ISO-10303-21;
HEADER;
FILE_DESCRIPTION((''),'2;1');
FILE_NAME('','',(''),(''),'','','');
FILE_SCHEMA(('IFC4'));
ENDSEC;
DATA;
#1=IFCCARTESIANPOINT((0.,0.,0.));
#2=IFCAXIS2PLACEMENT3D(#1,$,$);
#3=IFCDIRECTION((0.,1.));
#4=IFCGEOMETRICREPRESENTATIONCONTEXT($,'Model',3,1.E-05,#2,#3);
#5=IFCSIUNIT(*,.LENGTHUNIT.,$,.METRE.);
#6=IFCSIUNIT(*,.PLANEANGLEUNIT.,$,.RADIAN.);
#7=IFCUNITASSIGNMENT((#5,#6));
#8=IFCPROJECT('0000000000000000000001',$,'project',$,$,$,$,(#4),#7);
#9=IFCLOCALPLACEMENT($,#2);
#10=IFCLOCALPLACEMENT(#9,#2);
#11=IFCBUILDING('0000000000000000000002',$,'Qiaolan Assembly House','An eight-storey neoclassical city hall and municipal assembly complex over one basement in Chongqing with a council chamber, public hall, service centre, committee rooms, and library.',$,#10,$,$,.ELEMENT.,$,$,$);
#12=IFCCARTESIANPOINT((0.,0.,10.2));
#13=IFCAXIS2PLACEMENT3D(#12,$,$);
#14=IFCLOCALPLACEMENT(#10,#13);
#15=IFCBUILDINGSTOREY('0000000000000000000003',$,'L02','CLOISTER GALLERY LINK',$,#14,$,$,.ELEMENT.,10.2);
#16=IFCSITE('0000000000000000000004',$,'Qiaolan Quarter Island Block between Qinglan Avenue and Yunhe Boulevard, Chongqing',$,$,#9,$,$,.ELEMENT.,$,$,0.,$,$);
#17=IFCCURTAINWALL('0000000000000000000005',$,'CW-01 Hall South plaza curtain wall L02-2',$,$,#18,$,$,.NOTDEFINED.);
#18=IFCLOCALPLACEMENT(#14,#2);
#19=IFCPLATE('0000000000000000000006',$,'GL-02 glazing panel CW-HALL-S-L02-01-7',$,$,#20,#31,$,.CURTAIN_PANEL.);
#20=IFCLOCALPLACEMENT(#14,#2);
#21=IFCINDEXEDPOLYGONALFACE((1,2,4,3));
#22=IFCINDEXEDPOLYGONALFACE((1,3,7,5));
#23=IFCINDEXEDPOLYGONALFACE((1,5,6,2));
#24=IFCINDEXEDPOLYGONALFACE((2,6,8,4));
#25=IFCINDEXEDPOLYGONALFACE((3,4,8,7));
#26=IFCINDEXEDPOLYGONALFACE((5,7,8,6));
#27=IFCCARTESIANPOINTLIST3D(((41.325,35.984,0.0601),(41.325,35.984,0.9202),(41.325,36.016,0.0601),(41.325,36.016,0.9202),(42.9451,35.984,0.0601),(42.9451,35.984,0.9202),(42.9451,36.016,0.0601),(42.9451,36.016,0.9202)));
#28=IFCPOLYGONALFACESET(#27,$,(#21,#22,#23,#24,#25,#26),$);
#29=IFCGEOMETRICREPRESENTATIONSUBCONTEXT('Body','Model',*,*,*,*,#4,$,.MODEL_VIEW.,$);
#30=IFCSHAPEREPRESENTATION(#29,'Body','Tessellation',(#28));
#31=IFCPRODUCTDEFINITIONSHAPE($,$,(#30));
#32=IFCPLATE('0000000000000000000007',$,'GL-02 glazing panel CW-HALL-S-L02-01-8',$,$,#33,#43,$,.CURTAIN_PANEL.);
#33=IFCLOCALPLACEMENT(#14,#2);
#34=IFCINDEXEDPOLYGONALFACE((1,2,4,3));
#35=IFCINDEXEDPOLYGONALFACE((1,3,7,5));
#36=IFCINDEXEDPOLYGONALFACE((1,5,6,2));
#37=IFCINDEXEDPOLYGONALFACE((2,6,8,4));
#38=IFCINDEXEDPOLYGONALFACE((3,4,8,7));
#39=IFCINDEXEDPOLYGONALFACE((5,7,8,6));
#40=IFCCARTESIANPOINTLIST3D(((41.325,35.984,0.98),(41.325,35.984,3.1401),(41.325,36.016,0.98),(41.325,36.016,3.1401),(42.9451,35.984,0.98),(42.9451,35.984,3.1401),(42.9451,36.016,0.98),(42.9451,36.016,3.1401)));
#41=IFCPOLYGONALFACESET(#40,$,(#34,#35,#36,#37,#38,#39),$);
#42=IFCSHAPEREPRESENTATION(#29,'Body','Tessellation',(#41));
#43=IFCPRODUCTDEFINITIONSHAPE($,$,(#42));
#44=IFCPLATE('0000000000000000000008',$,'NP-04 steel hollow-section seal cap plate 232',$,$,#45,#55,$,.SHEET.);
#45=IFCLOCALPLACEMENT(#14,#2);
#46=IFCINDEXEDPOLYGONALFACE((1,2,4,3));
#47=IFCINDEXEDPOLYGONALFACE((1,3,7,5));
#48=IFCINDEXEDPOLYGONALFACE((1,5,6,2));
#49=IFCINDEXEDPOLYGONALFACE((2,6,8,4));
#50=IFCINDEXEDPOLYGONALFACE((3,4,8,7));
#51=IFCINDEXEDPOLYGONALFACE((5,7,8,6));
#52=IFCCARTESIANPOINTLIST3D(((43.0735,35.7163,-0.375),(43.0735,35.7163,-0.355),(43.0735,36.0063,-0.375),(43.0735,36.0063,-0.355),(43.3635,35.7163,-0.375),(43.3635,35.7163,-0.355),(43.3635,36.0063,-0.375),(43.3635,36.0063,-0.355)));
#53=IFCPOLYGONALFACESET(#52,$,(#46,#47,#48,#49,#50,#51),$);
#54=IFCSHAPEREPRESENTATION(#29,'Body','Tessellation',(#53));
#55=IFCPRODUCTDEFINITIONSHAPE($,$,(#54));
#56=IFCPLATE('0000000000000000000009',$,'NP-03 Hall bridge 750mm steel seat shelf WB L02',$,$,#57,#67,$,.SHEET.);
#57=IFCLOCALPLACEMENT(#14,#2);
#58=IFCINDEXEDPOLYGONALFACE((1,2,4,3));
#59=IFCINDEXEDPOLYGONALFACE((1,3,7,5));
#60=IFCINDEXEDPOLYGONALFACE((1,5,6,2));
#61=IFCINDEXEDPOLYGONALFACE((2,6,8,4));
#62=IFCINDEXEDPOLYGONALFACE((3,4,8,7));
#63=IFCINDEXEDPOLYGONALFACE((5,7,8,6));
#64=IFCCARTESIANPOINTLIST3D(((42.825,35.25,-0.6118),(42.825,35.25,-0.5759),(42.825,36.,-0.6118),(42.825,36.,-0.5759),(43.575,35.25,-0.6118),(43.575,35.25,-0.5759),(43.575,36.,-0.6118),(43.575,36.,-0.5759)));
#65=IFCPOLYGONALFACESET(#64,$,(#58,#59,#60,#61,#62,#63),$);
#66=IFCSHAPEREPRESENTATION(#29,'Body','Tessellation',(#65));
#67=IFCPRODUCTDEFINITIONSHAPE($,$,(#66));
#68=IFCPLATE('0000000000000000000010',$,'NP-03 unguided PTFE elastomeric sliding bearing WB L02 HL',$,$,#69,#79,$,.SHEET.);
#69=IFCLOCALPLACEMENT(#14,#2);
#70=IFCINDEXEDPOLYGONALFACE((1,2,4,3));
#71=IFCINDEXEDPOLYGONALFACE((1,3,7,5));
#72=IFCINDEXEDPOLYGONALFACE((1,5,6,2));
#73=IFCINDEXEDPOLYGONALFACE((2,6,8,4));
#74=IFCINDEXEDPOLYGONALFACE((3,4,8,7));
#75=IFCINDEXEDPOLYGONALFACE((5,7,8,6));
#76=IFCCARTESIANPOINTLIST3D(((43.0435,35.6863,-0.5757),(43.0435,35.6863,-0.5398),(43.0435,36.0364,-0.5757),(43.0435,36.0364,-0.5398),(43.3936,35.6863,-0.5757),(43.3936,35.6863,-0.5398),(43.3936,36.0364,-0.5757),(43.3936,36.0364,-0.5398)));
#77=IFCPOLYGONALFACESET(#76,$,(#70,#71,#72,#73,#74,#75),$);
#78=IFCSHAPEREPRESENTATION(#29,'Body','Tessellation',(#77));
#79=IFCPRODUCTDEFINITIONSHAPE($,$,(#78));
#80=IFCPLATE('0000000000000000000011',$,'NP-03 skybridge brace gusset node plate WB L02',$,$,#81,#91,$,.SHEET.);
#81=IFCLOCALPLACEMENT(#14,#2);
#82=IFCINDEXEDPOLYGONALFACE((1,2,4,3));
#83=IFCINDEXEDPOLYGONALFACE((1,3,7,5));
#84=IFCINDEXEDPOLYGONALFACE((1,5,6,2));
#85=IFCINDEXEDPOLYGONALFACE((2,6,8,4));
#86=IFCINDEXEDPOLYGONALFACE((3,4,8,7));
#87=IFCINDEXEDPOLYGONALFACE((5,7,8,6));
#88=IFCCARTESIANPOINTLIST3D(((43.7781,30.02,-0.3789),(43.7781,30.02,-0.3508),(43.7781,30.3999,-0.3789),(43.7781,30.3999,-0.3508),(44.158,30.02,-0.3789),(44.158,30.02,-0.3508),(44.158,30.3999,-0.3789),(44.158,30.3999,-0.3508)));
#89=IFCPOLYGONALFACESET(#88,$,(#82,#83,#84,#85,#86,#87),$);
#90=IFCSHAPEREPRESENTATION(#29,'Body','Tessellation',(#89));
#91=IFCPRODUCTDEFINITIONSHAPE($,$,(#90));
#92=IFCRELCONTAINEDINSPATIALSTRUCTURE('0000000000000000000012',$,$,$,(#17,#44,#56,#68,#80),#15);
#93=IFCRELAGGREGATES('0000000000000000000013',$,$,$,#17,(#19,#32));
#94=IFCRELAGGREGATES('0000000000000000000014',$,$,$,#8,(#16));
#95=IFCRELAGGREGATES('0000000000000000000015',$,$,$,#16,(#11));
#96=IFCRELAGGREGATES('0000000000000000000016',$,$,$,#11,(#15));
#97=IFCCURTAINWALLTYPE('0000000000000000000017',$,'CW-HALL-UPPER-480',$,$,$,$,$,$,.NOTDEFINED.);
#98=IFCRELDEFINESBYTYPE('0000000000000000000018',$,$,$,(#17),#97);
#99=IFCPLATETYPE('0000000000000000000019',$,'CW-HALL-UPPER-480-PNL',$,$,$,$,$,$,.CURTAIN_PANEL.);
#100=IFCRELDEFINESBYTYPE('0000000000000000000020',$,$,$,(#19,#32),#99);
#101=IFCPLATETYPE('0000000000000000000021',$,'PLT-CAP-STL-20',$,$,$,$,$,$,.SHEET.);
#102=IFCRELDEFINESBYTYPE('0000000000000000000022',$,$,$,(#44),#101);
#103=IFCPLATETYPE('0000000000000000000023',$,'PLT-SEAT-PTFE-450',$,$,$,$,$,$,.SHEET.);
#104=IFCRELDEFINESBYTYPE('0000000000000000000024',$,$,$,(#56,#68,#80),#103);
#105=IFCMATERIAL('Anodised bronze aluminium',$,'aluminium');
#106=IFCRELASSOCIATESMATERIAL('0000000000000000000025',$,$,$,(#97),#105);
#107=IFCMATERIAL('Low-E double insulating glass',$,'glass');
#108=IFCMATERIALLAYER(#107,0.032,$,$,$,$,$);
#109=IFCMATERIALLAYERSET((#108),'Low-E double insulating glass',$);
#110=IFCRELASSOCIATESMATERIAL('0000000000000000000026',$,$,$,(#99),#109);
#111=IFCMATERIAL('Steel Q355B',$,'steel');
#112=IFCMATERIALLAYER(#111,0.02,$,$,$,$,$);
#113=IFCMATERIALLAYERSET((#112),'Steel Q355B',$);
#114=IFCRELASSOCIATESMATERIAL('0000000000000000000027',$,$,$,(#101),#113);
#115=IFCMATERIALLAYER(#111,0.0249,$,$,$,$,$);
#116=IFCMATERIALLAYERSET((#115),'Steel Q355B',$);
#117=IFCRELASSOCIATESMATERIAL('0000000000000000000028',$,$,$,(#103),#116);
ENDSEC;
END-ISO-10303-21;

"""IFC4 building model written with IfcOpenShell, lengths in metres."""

from ifc_helpers import new_model, si_unit, direction, frame, frame_2d, origin, origin_2d, place, context, subcontext, project, spatial, rectangle, extrude, material, layer, layer_set, type_object, element, aggregate, save


model = new_model("IFC4")

# Units and contexts
model_context = context("Model", 3, precision=1e-05, world=origin(), true_north=direction((0.0, 1.0)))
body_context = subcontext(model_context, "Body", "Model", "MODEL_VIEW")
ifc_project = project(units=[si_unit("LENGTHUNIT", "METRE"), si_unit("PLANEANGLEUNIT", "RADIAN")], contexts=[model_context])

# Site, building, storey
site_placement = place(None, origin())
site = spatial("IfcSite", under=ifc_project, at=site_placement, Name="Qiaolan Quarter Island Block between Qinglan Avenue and Yunhe Boulevard, Chongqing", CompositionType="ELEMENT", RefElevation=0.0)
building_placement = place(site_placement, origin())
building = spatial("IfcBuilding", under=site, at=building_placement, Name="Qiaolan Assembly House", Description="An eight-storey neoclassical city hall and municipal assembly complex over one basement in Chongqing with a council chamber, public hall, service centre, committee rooms, and library.", CompositionType="ELEMENT")
storey_placement = place(building_placement, frame((0.0, 0.0, 10.2)))
storey = spatial("IfcBuildingStorey", under=building, at=storey_placement, Name="L02", Description="CLOISTER GALLERY LINK", CompositionType="ELEMENT", Elevation=10.2)

# Shared definitions
ifc_material_1 = material(Name="Steel Q355B", Category="steel")

# Curtain wall
ifc_material_2 = material(Name="Anodised bronze aluminium", Category="aluminium")
curtain_wall_type_1 = type_object("IfcCurtainWallType", Name="CW-HALL-UPPER-480", PredefinedType="NOTDEFINED", material=ifc_material_2)
curtain_wall_1_placement = place(storey_placement, origin())
curtain_wall_1 = element("IfcCurtainWall", 1, at=curtain_wall_1_placement, inside=storey, type_object=curtain_wall_type_1, Name="CW-01 Hall South plaza curtain wall L02-2", PredefinedType="NOTDEFINED")

# Plates
ifc_material_3 = material(Name="Low-E double insulating glass", Category="glass")
ifc_layer_1 = layer(ifc_material_3, 0.032)
ifc_layer_set_1 = layer_set([ifc_layer_1], Name="Low-E double insulating glass")
plate_type_1 = type_object("IfcPlateType", Name="CW-HALL-UPPER-480-PNL", PredefinedType="CURTAIN_PANEL", material=ifc_layer_set_1)
plate_1_placement = place(storey_placement, frame((41.325, 36.0, 0.0601), z_axis=(0.0, 0.0, 1.0), x_axis=(1.0, 0.0, 0.0)))
plate_1 = element("IfcPlate", 2, at=plate_1_placement, type_object=plate_type_1, Name="GL-02 glazing panel CW-HALL-S-L02-01-7", PredefinedType="CURTAIN_PANEL", context=body_context, shape_type="SweptSolid", body=[
    extrude(rectangle(XDim=1.6201, YDim=0.032, at=frame_2d((0.8101, 0.0))), origin(), (0.0, 0.0, 1.0), 0.8601),
])
plate_2_placement = place(storey_placement, frame((41.325, 36.0, 0.98), z_axis=(0.0, 0.0, 1.0), x_axis=(1.0, 0.0, 0.0)))
plate_2 = element("IfcPlate", 3, at=plate_2_placement, type_object=plate_type_1, Name="GL-02 glazing panel CW-HALL-S-L02-01-8", PredefinedType="CURTAIN_PANEL", context=body_context, shape_type="SweptSolid", body=[
    extrude(rectangle(XDim=1.6201, YDim=0.032, at=frame_2d((0.8101, 0.0))), origin(), (0.0, 0.0, 1.0), 2.1602),
])
aggregate(curtain_wall_1, [plate_1, plate_2])

# Plates
ifc_layer_2 = layer(ifc_material_1, 0.02)
ifc_layer_set_2 = layer_set([ifc_layer_2], Name="Steel Q355B")
plate_type_2 = type_object("IfcPlateType", Name="PLT-CAP-STL-20", PredefinedType="SHEET", material=ifc_layer_set_2)
plate_3_placement = place(storey_placement, frame((43.2185, 35.8613, -0.375), z_axis=(0.0, 0.0, 1.0), x_axis=(1.0, 0.0, 0.0)))
element("IfcPlate", 4, at=plate_3_placement, inside=storey, type_object=plate_type_2, Name="NP-04 steel hollow-section seal cap plate 232", PredefinedType="SHEET", context=body_context, shape_type="SweptSolid", body=[
    extrude(rectangle(XDim=0.29, YDim=0.29, at=origin_2d()), origin(), (0.0, 0.0, 1.0), 0.02),
])
ifc_layer_3 = layer(ifc_material_1, 0.0249)
ifc_layer_set_3 = layer_set([ifc_layer_3], Name="Steel Q355B")
plate_type_3 = type_object("IfcPlateType", Name="PLT-SEAT-PTFE-450", PredefinedType="SHEET", material=ifc_layer_set_3)
plate_4_placement = place(storey_placement, frame((43.2, 35.625, -0.6118), z_axis=(0.0, 0.0, 1.0), x_axis=(1.0, 0.0, 0.0)))
element("IfcPlate", 5, at=plate_4_placement, inside=storey, type_object=plate_type_3, Name="NP-03 Hall bridge 750mm steel seat shelf WB L02", PredefinedType="SHEET", context=body_context, shape_type="SweptSolid", body=[
    extrude(rectangle(XDim=0.75, YDim=0.75, at=origin_2d()), origin(), (0.0, 0.0, 1.0), 0.0359),
])
plate_5_placement = place(storey_placement, frame((43.2185, 35.8613, -0.5757), z_axis=(0.0, 0.0, 1.0), x_axis=(1.0, 0.0, 0.0)))
element("IfcPlate", 6, at=plate_5_placement, inside=storey, type_object=plate_type_3, Name="NP-03 unguided PTFE elastomeric sliding bearing WB L02 HL", PredefinedType="SHEET", context=body_context, shape_type="SweptSolid", body=[
    extrude(rectangle(XDim=0.3501, YDim=0.3501, at=origin_2d()), origin(), (0.0, 0.0, 1.0), 0.0359),
])
plate_6_placement = place(storey_placement, frame((43.968, 30.21, -0.3789), z_axis=(0.0, 0.0, 1.0), x_axis=(1.0, 0.0, 0.0)))
element("IfcPlate", 7, at=plate_6_placement, inside=storey, type_object=plate_type_3, Name="NP-03 skybridge brace gusset node plate WB L02", PredefinedType="SHEET", context=body_context, shape_type="SweptSolid", body=[
    extrude(rectangle(XDim=0.3799, YDim=0.3799, at=origin_2d()), origin(), (0.0, 0.0, 1.0), 0.0281),
])

save(model, "model.ifc")
